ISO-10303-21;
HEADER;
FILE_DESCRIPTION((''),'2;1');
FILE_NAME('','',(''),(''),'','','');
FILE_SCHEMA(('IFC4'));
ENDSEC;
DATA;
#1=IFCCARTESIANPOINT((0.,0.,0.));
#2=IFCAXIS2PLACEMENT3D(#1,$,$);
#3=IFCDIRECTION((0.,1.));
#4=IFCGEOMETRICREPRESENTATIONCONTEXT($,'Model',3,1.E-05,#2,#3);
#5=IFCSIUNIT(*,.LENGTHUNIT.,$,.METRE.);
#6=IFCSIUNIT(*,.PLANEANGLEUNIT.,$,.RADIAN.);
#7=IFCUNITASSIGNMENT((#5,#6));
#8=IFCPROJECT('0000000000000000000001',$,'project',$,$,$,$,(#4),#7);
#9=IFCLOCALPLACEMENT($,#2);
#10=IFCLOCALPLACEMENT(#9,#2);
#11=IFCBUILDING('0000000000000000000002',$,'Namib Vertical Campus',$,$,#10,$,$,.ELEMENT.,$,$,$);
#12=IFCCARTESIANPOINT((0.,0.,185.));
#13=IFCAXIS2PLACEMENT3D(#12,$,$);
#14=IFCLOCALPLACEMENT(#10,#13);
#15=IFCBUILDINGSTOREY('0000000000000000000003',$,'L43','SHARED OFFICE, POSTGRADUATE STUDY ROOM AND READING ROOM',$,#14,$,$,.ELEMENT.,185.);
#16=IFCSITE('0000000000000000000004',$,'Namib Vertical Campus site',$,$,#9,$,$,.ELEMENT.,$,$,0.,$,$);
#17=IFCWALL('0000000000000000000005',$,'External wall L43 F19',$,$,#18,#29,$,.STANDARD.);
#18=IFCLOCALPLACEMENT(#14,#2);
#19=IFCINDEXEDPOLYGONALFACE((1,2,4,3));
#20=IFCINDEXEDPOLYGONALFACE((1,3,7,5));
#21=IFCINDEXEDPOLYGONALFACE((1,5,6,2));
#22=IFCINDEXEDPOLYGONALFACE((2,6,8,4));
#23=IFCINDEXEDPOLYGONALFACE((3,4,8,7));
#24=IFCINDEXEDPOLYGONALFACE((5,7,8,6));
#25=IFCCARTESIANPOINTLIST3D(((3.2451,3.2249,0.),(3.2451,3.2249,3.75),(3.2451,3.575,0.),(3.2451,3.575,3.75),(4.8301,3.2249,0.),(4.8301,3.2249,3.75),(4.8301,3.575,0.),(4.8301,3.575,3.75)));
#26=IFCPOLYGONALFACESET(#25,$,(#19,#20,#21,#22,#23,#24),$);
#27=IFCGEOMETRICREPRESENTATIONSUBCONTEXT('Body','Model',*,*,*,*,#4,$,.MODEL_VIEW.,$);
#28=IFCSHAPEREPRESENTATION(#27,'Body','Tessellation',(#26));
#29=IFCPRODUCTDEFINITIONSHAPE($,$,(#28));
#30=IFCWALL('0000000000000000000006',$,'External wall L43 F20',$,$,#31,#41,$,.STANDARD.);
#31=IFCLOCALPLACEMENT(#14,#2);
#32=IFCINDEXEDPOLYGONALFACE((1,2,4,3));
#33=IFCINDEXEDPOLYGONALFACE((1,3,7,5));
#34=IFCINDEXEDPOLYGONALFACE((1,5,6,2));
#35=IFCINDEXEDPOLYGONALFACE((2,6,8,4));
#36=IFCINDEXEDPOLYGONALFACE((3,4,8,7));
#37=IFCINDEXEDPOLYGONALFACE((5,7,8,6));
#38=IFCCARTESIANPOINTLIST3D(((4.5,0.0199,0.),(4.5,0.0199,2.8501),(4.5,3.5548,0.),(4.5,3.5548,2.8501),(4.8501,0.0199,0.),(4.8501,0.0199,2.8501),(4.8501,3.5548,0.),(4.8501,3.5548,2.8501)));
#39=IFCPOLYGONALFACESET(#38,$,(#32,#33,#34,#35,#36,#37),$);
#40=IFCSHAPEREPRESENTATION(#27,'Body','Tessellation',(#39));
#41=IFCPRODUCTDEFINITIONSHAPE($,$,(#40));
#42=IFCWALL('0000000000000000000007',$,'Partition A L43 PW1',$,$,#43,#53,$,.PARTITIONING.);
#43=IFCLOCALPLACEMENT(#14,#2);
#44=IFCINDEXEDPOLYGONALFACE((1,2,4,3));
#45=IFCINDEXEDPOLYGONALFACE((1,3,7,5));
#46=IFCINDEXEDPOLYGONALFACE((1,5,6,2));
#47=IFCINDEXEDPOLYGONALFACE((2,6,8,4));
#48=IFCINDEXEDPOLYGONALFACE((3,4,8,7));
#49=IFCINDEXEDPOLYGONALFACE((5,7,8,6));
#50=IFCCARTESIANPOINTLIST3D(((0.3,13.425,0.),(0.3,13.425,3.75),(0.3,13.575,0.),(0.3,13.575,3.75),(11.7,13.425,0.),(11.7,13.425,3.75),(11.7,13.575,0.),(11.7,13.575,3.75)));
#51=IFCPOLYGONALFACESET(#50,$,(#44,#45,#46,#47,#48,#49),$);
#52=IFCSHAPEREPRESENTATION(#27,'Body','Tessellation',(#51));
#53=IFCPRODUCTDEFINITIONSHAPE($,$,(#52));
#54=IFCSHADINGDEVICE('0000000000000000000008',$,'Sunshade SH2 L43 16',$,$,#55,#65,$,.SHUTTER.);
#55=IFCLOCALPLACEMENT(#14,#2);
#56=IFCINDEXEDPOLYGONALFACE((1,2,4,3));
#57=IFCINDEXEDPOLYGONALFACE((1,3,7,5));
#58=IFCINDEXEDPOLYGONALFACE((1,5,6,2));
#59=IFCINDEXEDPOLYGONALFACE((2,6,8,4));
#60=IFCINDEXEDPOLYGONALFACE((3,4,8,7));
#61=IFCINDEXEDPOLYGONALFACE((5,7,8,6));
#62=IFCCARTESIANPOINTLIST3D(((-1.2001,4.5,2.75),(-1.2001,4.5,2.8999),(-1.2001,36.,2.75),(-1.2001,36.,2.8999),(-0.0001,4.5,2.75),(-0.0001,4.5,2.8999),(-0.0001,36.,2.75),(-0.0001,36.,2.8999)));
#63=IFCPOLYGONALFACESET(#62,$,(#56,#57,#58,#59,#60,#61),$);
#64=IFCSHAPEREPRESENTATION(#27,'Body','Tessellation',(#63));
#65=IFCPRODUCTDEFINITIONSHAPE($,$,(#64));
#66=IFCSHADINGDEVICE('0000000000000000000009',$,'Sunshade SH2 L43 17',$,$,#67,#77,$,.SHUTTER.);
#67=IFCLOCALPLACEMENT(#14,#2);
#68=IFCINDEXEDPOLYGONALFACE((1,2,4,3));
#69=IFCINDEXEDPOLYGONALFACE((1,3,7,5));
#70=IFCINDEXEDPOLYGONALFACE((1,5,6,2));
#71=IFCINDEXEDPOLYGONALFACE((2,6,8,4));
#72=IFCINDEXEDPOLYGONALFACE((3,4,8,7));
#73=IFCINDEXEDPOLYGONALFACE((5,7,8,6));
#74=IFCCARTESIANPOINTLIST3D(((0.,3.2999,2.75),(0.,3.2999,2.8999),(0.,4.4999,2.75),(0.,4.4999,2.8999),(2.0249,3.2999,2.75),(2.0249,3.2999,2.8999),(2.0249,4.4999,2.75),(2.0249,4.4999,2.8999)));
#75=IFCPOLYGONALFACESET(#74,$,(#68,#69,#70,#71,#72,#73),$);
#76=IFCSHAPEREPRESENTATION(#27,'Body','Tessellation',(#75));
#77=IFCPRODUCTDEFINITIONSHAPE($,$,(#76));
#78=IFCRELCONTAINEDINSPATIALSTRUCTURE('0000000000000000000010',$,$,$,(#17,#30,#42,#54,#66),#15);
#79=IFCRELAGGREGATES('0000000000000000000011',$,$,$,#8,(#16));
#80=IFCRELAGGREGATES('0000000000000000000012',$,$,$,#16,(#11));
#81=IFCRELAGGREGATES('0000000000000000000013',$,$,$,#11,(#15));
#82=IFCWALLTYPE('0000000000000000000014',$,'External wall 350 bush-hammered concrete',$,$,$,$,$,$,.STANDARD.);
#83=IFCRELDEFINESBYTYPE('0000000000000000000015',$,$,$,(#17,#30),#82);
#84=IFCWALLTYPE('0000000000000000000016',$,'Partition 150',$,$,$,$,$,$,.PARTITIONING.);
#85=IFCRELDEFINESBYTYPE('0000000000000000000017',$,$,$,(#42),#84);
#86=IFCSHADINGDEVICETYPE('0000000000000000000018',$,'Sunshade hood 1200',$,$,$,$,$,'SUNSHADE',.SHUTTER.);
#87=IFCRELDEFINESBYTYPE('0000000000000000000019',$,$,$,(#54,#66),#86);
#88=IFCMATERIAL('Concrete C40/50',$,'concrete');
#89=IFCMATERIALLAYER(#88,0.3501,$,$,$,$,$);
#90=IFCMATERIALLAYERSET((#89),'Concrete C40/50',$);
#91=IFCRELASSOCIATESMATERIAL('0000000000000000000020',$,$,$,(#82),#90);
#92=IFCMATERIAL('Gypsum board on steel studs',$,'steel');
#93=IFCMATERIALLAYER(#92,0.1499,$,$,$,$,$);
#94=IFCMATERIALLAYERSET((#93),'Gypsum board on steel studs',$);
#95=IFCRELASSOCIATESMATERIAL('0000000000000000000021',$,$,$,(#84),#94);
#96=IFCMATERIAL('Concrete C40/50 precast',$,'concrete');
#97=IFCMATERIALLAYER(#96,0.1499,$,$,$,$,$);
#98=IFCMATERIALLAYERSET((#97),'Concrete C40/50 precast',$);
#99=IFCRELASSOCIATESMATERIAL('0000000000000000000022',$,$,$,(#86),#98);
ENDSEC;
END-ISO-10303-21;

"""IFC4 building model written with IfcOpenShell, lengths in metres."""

from ifc_helpers import new_model, si_unit, direction, frame, frame_2d, origin, origin_2d, place, context, subcontext, project, spatial, rectangle, extrude, material, layer, layer_set, type_object, element, save


model = new_model("IFC4")

# Units and contexts
model_context = context("Model", 3, precision=1e-05, world=origin(), true_north=direction((0.0, 1.0)))
body_context = subcontext(model_context, "Body", "Model", "MODEL_VIEW")
ifc_project = project(units=[si_unit("LENGTHUNIT", "METRE"), si_unit("PLANEANGLEUNIT", "RADIAN")], contexts=[model_context])

# Site, building, storey
site_placement = place(None, origin())
site = spatial("IfcSite", under=ifc_project, at=site_placement, Name="Namib Vertical Campus site", CompositionType="ELEMENT", RefElevation=0.0)
building_placement = place(site_placement, origin())
building = spatial("IfcBuilding", under=site, at=building_placement, Name="Namib Vertical Campus", CompositionType="ELEMENT")
storey_placement = place(building_placement, frame((0.0, 0.0, 185.0)))
storey = spatial("IfcBuildingStorey", under=building, at=storey_placement, Name="L43", Description="SHARED OFFICE, POSTGRADUATE STUDY ROOM AND READING ROOM", CompositionType="ELEMENT", Elevation=185.0)

# Walls
ifc_material_1 = material(Name="Concrete C40/50", Category="concrete")
ifc_layer_1 = layer(ifc_material_1, 0.3501)
ifc_layer_set_1 = layer_set([ifc_layer_1], Name="Concrete C40/50")
wall_type_1 = type_object("IfcWallType", Name="External wall 350 bush-hammered concrete", PredefinedType="STANDARD", material=ifc_layer_set_1)
for number, where, z_axis, x_axis, name in (
    (1, (3.2451, 3.3999, 0.0), (0.0, 0.0, 1.0), (1.0, 0.0, 0.0), "External wall L43 F19"),
):
    element("IfcWall", number, at=place(storey_placement, frame(where, z_axis=z_axis, x_axis=x_axis)), inside=storey, type_object=wall_type_1, Name=name, PredefinedType="STANDARD", context=body_context, shape_type="SweptSolid", body=[
        extrude(rectangle(XDim=1.585, YDim=0.3501, at=frame_2d((0.7925, 0.0))), origin(), (0.0, 0.0, 1.0), 3.75),
    ])
wall_1_placement = place(storey_placement, frame((4.675, 3.5549, 0.0), z_axis=(0.0, 0.0, 1.0), x_axis=(0.0, -1.0, 0.0)))
element("IfcWall", 2, at=wall_1_placement, inside=storey, type_object=wall_type_1, Name="External wall L43 F20", PredefinedType="STANDARD", context=body_context, shape_type="SweptSolid", body=[
    extrude(rectangle(XDim=3.5349, YDim=0.3501, at=frame_2d((1.7676, 0.0))), origin(), (0.0, 0.0, 1.0), 2.8501),
])
ifc_material_2 = material(Name="Gypsum board on steel studs", Category="steel")
ifc_layer_2 = layer(ifc_material_2, 0.1499)
ifc_layer_set_2 = layer_set([ifc_layer_2], Name="Gypsum board on steel studs")
wall_type_2 = type_object("IfcWallType", Name="Partition 150", PredefinedType="PARTITIONING", material=ifc_layer_set_2)
wall_2_placement = place(storey_placement, frame((0.3, 13.5, 0.0), z_axis=(0.0, 0.0, 1.0), x_axis=(1.0, 0.0, 0.0)))
element("IfcWall", 3, at=wall_2_placement, inside=storey, type_object=wall_type_2, Name="Partition A L43 PW1", PredefinedType="PARTITIONING", context=body_context, shape_type="SweptSolid", body=[
    extrude(rectangle(XDim=11.3999, YDim=0.1499, at=frame_2d((5.7, 0.0))), origin(), (0.0, 0.0, 1.0), 3.75),
])

# Shading devices
ifc_material_3 = material(Name="Concrete C40/50 precast", Category="concrete")
ifc_layer_3 = layer(ifc_material_3, 0.1499)
ifc_layer_set_3 = layer_set([ifc_layer_3], Name="Concrete C40/50 precast")
shading_device_type = type_object("IfcShadingDeviceType", Name="Sunshade hood 1200", ElementType="SUNSHADE", PredefinedType="SHUTTER", material=ifc_layer_set_3)
shading_device_1_placement = place(storey_placement, frame((-0.6001, 20.25, 2.75), z_axis=(0.0, 0.0, 1.0), x_axis=(0.0, -1.0, 0.0)))
element("IfcShadingDevice", 4, at=shading_device_1_placement, inside=storey, type_object=shading_device_type, Name="Sunshade SH2 L43 16", PredefinedType="SHUTTER", context=body_context, shape_type="SweptSolid", body=[
    extrude(rectangle(XDim=31.5, YDim=1.2, at=origin_2d()), origin(), (0.0, 0.0, 1.0), 0.1499),
])
shading_device_2_placement = place(storey_placement, frame((1.0125, 3.8999, 2.75), z_axis=(0.0, 0.0, 1.0), x_axis=(1.0, 0.0, 0.0)))
element("IfcShadingDevice", 5, at=shading_device_2_placement, inside=storey, type_object=shading_device_type, Name="Sunshade SH2 L43 17", PredefinedType="SHUTTER", context=body_context, shape_type="SweptSolid", body=[
    extrude(rectangle(XDim=2.0249, YDim=1.2, at=origin_2d()), origin(), (0.0, 0.0, 1.0), 0.1499),
])

save(model, "model.ifc")
